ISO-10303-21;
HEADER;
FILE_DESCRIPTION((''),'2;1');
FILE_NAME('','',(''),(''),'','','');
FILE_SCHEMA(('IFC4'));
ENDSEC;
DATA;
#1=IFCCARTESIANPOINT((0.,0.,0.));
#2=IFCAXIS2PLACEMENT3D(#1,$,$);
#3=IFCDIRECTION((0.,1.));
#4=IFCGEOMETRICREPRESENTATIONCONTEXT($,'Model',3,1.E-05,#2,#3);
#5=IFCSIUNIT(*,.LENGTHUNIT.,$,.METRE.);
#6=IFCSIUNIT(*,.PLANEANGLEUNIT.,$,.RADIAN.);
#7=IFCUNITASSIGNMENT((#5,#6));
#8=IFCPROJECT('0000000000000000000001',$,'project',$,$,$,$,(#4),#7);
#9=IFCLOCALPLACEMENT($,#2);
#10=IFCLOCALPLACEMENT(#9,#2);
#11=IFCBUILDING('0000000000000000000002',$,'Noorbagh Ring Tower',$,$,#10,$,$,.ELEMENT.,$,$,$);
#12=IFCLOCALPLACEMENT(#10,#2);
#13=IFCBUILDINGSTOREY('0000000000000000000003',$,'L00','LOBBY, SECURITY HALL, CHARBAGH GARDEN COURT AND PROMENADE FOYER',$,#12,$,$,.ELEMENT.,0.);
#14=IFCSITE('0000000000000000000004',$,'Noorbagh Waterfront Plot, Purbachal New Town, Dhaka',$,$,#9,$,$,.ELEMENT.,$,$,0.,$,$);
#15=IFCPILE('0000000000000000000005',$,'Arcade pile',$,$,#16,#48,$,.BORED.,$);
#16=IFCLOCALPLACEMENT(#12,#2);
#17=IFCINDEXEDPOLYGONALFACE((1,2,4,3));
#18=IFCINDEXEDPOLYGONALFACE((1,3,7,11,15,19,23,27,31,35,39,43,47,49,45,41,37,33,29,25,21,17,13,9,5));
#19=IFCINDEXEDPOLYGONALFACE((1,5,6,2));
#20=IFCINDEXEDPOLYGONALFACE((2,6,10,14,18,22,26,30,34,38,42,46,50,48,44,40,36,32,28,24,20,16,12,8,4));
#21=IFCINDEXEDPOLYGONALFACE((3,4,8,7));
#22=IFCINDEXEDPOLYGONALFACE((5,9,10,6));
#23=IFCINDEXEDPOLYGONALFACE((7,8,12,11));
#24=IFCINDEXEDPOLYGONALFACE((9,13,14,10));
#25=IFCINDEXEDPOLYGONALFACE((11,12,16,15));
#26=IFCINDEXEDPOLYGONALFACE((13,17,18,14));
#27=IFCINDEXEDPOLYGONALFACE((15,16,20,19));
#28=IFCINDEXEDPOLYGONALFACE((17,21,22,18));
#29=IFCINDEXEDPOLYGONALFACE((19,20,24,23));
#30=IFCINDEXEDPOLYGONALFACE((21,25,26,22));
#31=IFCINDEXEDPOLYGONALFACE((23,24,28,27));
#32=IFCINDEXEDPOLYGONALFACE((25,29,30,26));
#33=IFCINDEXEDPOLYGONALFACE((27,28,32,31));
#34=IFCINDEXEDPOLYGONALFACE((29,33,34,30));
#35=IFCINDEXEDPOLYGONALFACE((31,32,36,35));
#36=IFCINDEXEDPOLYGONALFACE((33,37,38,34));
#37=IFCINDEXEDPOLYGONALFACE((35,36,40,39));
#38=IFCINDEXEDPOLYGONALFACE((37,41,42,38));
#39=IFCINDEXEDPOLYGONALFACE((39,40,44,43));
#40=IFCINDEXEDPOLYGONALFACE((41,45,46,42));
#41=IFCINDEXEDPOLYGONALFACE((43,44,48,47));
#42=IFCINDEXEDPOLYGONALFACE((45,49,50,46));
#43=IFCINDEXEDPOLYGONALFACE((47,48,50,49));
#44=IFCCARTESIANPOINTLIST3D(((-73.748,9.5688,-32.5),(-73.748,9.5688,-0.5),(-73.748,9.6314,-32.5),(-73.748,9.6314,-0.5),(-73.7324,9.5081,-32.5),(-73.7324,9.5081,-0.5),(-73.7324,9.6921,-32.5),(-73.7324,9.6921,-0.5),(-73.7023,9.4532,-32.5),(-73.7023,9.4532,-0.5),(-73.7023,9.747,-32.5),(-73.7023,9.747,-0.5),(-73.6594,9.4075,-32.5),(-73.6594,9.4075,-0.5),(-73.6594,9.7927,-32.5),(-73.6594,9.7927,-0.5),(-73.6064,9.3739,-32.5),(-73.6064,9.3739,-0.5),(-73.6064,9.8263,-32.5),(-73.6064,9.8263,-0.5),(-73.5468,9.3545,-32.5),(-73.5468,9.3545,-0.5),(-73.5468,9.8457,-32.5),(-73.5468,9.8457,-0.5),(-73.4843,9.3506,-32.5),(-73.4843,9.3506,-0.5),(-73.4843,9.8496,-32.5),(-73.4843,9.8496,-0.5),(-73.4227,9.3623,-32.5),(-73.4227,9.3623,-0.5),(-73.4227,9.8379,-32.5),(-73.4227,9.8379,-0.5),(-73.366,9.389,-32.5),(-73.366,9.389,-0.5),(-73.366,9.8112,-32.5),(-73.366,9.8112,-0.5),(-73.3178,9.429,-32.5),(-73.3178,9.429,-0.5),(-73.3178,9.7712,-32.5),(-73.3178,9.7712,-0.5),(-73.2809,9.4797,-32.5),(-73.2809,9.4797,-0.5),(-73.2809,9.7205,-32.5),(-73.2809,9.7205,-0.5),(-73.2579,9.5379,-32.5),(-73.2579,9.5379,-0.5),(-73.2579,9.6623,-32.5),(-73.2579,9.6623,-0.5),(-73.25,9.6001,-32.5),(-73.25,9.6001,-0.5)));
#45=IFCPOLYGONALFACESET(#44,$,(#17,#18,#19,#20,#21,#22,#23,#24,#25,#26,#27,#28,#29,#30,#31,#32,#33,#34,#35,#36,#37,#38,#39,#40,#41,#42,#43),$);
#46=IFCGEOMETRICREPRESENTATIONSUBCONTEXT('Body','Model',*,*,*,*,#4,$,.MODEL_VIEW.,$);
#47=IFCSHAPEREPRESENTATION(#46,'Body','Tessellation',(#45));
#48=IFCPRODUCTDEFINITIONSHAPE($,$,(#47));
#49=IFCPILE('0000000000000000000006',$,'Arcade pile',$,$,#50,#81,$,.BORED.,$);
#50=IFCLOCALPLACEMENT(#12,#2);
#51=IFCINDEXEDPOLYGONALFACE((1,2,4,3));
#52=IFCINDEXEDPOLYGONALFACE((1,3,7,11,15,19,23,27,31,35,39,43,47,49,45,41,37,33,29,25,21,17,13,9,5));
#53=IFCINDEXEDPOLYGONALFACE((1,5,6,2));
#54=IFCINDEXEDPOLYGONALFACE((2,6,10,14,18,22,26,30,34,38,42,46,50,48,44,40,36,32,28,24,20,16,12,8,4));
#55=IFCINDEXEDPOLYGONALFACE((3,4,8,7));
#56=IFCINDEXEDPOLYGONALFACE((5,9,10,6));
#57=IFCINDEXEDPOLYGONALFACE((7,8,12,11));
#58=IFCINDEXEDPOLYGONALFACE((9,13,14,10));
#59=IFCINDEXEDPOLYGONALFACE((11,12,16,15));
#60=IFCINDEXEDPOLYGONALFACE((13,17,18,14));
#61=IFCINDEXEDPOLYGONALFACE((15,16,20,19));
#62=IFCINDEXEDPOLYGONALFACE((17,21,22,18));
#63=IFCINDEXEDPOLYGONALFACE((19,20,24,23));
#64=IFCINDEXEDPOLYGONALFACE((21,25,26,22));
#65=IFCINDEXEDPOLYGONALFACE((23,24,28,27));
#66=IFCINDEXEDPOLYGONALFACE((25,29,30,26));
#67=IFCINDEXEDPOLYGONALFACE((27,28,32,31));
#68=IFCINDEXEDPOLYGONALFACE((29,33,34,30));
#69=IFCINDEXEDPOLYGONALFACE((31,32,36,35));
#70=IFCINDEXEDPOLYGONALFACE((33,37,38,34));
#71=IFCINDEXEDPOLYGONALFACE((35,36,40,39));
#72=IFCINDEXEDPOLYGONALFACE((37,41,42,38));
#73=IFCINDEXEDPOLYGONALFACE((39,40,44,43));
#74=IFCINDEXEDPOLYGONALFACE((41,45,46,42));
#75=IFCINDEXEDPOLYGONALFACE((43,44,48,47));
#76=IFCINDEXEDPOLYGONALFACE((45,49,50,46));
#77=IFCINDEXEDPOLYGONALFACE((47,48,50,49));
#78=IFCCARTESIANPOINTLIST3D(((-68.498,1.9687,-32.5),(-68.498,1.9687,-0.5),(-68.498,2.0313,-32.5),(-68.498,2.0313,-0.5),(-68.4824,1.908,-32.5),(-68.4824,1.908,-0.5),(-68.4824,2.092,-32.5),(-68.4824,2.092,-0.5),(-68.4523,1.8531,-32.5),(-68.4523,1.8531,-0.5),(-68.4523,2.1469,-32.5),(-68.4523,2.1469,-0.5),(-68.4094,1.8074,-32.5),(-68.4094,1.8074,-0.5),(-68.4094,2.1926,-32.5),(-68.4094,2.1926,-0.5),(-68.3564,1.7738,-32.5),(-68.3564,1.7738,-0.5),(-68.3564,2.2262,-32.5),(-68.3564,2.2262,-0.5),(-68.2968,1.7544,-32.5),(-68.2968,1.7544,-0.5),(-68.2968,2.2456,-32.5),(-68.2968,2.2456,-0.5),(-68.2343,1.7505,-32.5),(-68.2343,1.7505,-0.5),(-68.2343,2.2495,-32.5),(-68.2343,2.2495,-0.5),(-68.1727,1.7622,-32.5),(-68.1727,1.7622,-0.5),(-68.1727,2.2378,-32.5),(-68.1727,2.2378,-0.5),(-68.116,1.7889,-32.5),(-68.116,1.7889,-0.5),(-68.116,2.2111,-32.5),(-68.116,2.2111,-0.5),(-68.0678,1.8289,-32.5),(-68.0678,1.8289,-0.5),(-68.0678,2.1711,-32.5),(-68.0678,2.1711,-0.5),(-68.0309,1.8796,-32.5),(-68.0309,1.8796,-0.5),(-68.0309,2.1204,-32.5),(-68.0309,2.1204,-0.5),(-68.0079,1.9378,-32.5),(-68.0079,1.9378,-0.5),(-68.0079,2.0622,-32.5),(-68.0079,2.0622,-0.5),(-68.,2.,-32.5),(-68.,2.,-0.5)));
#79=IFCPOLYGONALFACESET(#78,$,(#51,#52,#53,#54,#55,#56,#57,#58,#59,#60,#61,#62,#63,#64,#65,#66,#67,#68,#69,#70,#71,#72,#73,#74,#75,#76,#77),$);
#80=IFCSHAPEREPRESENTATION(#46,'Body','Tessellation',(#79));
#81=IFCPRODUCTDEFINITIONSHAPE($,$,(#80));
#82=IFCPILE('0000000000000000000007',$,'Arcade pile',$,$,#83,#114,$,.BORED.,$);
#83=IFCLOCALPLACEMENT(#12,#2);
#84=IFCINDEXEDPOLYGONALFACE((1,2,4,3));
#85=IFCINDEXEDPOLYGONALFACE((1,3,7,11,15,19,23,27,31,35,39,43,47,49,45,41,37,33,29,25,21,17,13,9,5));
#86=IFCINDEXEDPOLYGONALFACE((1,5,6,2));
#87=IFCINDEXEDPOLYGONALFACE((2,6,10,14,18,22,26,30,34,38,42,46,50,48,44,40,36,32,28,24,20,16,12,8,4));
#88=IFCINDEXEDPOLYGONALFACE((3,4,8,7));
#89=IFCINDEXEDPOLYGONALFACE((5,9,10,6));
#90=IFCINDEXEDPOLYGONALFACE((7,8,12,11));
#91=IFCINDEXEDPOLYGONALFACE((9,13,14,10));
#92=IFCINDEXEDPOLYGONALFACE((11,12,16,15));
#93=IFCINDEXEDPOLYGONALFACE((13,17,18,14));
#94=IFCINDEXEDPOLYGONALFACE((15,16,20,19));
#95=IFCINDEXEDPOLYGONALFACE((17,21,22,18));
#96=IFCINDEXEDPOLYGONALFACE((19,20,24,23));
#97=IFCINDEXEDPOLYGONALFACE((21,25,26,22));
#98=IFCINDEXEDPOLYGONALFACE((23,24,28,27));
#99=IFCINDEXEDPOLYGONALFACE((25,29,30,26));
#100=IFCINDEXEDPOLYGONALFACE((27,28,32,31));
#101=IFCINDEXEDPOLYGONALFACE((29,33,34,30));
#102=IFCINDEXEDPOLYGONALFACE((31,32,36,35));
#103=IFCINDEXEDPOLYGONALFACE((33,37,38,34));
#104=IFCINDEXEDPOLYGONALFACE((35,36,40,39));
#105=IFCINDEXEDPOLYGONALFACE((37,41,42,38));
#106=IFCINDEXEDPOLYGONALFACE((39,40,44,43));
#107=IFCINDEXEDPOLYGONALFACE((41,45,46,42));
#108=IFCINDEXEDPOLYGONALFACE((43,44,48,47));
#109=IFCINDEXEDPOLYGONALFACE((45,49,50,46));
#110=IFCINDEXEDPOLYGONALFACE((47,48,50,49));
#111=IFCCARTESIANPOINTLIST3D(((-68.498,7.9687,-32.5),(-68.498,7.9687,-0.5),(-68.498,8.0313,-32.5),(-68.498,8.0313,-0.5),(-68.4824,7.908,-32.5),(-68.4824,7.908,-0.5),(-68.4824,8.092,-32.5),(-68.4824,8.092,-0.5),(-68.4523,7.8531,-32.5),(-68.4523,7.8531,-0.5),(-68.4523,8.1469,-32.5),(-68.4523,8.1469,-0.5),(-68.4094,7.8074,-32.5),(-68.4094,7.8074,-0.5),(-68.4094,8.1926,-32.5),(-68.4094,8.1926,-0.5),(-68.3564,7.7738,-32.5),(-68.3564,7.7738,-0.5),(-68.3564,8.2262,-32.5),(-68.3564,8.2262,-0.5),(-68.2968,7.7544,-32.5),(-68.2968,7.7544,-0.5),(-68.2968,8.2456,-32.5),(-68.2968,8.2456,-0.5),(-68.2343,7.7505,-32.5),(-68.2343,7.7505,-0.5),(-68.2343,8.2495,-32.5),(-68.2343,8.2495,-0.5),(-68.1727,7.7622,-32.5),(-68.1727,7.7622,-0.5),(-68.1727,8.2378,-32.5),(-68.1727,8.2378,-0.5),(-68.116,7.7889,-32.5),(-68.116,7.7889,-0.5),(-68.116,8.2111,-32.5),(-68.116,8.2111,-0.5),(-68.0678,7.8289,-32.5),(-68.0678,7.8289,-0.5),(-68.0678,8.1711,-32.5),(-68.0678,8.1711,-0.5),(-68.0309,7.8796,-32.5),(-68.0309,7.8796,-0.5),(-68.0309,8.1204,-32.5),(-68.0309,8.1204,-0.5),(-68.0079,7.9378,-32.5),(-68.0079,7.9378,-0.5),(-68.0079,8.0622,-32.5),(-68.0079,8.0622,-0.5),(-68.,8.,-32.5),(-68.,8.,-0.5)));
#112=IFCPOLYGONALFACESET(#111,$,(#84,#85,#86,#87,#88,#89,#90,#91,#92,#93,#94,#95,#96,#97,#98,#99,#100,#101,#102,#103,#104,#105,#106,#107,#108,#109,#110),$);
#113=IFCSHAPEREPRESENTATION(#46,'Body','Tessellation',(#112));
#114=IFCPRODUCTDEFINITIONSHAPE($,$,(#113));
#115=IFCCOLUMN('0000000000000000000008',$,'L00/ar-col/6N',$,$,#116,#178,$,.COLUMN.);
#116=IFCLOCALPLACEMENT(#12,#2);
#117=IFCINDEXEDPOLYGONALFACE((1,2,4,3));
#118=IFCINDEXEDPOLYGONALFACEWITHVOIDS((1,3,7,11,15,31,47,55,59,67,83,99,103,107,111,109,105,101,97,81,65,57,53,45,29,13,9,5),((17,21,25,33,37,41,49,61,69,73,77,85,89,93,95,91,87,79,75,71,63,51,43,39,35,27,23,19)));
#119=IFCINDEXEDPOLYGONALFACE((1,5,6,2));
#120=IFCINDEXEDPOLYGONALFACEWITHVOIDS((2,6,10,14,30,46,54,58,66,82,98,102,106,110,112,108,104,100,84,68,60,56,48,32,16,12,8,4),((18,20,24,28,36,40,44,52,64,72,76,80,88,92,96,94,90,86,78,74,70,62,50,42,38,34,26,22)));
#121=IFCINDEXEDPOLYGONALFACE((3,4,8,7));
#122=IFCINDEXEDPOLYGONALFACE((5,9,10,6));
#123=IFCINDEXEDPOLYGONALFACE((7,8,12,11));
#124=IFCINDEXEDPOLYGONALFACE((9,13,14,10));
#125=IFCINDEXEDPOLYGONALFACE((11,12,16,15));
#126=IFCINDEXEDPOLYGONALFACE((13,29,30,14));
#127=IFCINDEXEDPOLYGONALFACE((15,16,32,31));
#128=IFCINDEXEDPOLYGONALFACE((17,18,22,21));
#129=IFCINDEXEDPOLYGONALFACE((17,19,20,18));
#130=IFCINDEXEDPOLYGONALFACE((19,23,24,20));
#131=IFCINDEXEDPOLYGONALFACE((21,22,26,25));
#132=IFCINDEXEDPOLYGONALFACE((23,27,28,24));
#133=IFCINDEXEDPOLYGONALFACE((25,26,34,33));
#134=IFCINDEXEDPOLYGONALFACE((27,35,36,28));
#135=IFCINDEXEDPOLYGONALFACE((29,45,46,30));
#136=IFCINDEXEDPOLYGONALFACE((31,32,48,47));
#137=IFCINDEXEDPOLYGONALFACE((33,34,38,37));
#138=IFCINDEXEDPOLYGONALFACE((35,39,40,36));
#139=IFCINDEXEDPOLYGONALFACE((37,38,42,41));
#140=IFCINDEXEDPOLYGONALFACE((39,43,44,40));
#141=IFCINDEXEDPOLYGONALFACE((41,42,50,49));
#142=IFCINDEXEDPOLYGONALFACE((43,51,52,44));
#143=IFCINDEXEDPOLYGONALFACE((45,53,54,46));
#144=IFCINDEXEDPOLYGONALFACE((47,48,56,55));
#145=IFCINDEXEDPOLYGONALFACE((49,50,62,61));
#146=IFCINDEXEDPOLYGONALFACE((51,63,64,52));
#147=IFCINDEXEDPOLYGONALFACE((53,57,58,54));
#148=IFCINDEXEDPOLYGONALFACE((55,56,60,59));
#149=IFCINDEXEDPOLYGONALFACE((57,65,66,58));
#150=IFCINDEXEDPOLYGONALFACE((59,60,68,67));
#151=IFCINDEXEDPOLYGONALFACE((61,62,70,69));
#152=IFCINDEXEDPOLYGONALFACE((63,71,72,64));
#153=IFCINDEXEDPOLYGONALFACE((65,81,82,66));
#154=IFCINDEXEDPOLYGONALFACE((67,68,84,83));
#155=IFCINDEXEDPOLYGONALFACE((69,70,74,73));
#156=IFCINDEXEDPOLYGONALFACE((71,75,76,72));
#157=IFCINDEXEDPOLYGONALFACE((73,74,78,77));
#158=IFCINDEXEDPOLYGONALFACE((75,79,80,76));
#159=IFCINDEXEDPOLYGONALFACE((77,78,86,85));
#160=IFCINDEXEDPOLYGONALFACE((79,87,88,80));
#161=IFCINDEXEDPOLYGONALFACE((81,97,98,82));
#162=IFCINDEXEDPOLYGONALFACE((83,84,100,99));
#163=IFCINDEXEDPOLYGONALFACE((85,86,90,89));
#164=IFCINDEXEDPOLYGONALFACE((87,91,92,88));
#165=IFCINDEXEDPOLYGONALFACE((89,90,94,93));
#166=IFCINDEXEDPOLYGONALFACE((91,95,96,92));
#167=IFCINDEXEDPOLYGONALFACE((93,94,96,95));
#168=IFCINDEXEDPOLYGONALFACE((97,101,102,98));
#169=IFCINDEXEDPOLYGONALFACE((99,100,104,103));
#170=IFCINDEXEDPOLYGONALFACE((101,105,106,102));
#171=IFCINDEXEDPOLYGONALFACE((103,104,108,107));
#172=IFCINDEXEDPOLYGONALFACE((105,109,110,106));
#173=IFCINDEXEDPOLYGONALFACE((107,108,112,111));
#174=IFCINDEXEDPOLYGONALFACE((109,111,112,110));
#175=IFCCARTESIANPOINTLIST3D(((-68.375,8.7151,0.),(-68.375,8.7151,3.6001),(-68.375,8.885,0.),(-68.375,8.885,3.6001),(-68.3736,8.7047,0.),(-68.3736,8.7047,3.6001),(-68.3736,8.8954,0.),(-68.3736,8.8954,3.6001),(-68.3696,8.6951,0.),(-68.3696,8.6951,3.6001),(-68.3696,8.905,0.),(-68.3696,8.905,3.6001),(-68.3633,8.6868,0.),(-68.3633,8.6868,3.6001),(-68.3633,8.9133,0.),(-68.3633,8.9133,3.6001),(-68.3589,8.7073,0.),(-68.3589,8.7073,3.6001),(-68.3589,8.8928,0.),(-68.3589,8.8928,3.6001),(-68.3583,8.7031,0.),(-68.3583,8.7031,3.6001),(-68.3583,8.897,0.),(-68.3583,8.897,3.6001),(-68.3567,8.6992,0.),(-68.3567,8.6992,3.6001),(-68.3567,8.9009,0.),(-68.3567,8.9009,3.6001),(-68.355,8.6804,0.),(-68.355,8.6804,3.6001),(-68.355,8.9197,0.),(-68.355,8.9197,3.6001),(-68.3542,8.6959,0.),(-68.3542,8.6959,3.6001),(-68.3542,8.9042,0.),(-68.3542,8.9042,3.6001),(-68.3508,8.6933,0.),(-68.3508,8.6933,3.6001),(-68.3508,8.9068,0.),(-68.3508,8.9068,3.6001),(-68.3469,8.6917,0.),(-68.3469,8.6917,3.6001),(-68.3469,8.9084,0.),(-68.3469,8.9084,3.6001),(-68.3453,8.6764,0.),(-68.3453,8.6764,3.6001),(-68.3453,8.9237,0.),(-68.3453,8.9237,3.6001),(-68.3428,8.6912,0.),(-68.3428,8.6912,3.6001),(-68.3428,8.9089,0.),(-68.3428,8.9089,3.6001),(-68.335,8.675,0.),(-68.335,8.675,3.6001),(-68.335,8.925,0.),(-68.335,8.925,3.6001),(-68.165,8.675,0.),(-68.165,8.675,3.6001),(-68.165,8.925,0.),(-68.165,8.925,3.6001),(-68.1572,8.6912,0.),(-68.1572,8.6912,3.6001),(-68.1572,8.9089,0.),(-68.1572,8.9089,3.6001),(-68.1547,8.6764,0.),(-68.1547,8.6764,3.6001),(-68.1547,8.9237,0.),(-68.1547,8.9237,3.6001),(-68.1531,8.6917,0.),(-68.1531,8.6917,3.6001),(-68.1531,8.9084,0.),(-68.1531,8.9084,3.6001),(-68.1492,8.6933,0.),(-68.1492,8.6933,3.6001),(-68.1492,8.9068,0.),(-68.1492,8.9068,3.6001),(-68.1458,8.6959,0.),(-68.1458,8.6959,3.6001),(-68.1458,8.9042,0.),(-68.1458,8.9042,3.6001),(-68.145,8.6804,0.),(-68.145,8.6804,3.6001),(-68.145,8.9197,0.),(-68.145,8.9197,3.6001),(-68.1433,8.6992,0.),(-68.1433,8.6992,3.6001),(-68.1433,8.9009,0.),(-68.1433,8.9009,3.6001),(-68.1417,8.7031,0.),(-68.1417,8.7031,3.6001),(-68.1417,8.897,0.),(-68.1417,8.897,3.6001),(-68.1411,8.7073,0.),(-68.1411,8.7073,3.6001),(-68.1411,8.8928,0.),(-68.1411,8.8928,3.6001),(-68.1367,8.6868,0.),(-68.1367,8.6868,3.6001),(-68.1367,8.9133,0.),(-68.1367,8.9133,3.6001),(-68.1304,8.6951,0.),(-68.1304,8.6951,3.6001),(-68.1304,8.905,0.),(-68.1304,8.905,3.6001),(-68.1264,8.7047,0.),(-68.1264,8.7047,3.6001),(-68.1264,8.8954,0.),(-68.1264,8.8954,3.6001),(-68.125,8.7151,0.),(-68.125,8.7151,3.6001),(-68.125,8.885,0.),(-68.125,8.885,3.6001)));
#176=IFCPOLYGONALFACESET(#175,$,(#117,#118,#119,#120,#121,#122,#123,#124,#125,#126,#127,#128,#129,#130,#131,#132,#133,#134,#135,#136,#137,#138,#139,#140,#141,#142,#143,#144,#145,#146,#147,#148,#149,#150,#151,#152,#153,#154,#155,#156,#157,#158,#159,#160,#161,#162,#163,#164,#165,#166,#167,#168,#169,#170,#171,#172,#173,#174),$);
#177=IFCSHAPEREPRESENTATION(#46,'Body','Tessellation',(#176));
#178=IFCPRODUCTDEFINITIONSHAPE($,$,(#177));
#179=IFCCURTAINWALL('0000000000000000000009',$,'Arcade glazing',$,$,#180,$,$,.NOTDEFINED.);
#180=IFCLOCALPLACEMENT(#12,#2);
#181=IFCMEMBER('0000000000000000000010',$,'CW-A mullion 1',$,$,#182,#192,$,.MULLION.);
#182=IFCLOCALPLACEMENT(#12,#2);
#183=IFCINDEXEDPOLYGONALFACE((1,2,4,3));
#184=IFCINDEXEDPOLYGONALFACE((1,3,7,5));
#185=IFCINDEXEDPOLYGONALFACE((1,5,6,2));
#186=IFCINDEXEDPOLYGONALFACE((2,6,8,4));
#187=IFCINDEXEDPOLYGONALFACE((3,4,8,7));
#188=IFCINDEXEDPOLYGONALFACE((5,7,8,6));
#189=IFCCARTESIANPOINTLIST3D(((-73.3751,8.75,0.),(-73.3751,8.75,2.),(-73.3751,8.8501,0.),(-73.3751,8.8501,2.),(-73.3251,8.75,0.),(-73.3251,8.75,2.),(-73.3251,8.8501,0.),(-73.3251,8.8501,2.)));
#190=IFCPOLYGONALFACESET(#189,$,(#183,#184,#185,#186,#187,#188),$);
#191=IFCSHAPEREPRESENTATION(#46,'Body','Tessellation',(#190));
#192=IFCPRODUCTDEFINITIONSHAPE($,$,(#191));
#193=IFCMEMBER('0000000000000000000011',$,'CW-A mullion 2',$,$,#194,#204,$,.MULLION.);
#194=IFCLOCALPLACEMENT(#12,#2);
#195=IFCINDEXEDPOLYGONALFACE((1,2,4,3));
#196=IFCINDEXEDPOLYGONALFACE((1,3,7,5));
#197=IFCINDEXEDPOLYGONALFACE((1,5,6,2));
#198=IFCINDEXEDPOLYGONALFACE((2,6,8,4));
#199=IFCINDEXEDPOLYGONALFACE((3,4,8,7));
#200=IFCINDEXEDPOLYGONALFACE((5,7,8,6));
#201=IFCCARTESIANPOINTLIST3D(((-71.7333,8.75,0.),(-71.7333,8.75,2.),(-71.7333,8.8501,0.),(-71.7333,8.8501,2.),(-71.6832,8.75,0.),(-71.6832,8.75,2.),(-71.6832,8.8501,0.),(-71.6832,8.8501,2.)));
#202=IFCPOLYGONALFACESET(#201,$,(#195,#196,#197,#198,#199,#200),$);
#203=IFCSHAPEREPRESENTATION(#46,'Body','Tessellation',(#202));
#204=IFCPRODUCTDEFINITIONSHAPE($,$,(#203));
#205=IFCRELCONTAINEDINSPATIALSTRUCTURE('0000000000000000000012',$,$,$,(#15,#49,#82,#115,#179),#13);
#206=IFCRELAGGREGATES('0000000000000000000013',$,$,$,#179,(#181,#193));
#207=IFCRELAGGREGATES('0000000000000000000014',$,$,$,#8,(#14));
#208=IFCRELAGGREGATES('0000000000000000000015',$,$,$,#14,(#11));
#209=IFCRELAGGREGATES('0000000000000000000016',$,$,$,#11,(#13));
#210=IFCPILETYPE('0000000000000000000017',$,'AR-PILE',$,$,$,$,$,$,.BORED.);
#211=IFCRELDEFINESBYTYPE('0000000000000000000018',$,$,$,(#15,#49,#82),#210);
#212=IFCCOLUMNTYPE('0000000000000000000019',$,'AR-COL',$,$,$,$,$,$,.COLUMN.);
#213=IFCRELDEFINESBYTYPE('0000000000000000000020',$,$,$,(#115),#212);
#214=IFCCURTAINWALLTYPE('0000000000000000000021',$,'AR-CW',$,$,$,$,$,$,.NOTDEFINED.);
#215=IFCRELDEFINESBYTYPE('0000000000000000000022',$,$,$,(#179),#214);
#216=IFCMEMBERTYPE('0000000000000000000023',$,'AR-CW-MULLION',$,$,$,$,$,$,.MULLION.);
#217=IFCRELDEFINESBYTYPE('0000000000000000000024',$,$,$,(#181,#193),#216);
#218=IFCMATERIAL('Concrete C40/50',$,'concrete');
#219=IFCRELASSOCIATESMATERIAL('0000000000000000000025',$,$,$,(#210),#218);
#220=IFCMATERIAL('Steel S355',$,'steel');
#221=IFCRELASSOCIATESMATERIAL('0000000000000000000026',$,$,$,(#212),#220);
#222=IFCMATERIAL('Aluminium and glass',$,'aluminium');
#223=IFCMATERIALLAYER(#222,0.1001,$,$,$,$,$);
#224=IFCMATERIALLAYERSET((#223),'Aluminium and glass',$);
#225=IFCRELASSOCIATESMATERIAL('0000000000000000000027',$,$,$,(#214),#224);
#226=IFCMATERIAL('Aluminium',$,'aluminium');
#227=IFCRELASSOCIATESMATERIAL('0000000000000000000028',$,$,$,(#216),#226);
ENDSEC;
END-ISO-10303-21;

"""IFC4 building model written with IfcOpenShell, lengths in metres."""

from ifc_helpers import new_model, si_unit, direction, frame, origin, origin_2d, place, context, subcontext, project, spatial, rectangle, hollow_rectangle, circle, extrude, material, layer, layer_set, material_profile, profile_set, type_object, element, aggregate, save


model = new_model("IFC4")

# Units and contexts
model_context = context("Model", 3, precision=1e-05, world=origin(), true_north=direction((0.0, 1.0)))
body_context = subcontext(model_context, "Body", "Model", "MODEL_VIEW")
ifc_project = project(units=[si_unit("LENGTHUNIT", "METRE"), si_unit("PLANEANGLEUNIT", "RADIAN")], contexts=[model_context])

# Site, building, storey
site_placement = place(None, origin())
site = spatial("IfcSite", under=ifc_project, at=site_placement, Name="Noorbagh Waterfront Plot, Purbachal New Town, Dhaka", CompositionType="ELEMENT", RefElevation=0.0)
building_placement = place(site_placement, origin())
building = spatial("IfcBuilding", under=site, at=building_placement, Name="Noorbagh Ring Tower", CompositionType="ELEMENT")
storey_placement = place(building_placement, origin())
storey = spatial("IfcBuildingStorey", under=building, at=storey_placement, Name="L00", Description="LOBBY, SECURITY HALL, CHARBAGH GARDEN COURT AND PROMENADE FOYER", CompositionType="ELEMENT", Elevation=0.0)

# Piles
ifc_material_1 = material(Name="Concrete C40/50", Category="concrete")
ifc_material_profile_1 = material_profile(ifc_material_1, circle(Radius=0.25, at=origin_2d()), Name="PILE500")
ifc_profile_set_1 = profile_set([ifc_material_profile_1], Name="Concrete C40/50")
pile_type = type_object("IfcPileType", Name="AR-PILE", PredefinedType="BORED", material=ifc_profile_set_1)
for number, where, z_axis, x_axis, name in (
    (1, (-73.5, 9.6001, -0.5), (0.0, 0.0, -1.0), (1.0, 0.0, 0.0), "Arcade pile"),
    (2, (-68.25, 2.0, -0.5), (0.0, 0.0, -1.0), (1.0, 0.0, 0.0), "Arcade pile"),
    (3, (-68.25, 8.0, -0.5), (0.0, 0.0, -1.0), (1.0, 0.0, 0.0), "Arcade pile"),
):
    element("IfcPile", number, at=place(storey_placement, frame(where, z_axis=z_axis, x_axis=x_axis)), inside=storey, type_object=pile_type, Name=name, PredefinedType="BORED", context=body_context, shape_type="SweptSolid", body=[
        extrude(circle(Radius=0.25, at=origin_2d()), origin(), (0.0, 0.0, 1.0), 32.0),
    ])

# Column
ifc_material_2 = material(Name="Steel S355", Category="steel")
ifc_material_profile_2 = material_profile(ifc_material_2, hollow_rectangle(XDim=0.25, YDim=0.25, WallThickness=0.0161, InnerFilletRadius=0.0161, OuterFilletRadius=0.04, at=origin_2d()), Name="SHS250x250x16")
ifc_profile_set_2 = profile_set([ifc_material_profile_2], Name="Steel S355")
column_type = type_object("IfcColumnType", Name="AR-COL", PredefinedType="COLUMN", material=ifc_profile_set_2)
column_placement = place(storey_placement, frame((-68.25, 8.8, 0.0), z_axis=(0.0, 0.0, 1.0), x_axis=(1.0, 0.0, 0.0)))
element("IfcColumn", 4, at=column_placement, inside=storey, type_object=column_type, Name="L00/ar-col/6N", PredefinedType="COLUMN", context=body_context, shape_type="SweptSolid", body=[
    extrude(hollow_rectangle(XDim=0.25, YDim=0.25, WallThickness=0.0161, InnerFilletRadius=0.0161, OuterFilletRadius=0.04, at=origin_2d()), origin(), (0.0, 0.0, 1.0), 3.6001),
])

# Curtain wall, members
ifc_material_3 = material(Name="Aluminium and glass", Category="aluminium")
ifc_layer_1 = layer(ifc_material_3, 0.1001)
ifc_layer_set_1 = layer_set([ifc_layer_1], Name="Aluminium and glass")
curtain_wall_type = type_object("IfcCurtainWallType", Name="AR-CW", PredefinedType="NOTDEFINED", material=ifc_layer_set_1)
curtain_wall_placement = place(storey_placement, origin())
curtain_wall = element("IfcCurtainWall", 5, at=curtain_wall_placement, inside=storey, type_object=curtain_wall_type, Name="Arcade glazing", PredefinedType="NOTDEFINED")
ifc_material_4 = material(Name="Aluminium", Category="aluminium")
ifc_material_profile_3 = material_profile(ifc_material_4, rectangle(XDim=0.1001, YDim=0.05, at=origin_2d()), Name="AL 100x50")
ifc_profile_set_3 = profile_set([ifc_material_profile_3], Name="Aluminium")
member_type_1 = type_object("IfcMemberType", Name="AR-CW-MULLION", PredefinedType="MULLION", material=ifc_profile_set_3)
member_1_placement = place(storey_placement, frame((-73.3501, 8.8, 0.0), z_axis=(0.0, 0.0, 1.0), x_axis=(0.0, 1.0, 0.0)))
member_1 = element("IfcMember", 6, at=member_1_placement, type_object=member_type_1, Name="CW-A mullion 1", PredefinedType="MULLION", context=body_context, shape_type="SweptSolid", body=[
    extrude(rectangle(XDim=0.1001, YDim=0.05, at=origin_2d()), origin(), (0.0, 0.0, 1.0), 2.0),
])
member_2_placement = place(storey_placement, frame((-71.7083, 8.8, 0.0), z_axis=(0.0, 0.0, 1.0), x_axis=(0.0, 1.0, 0.0)))
member_2 = element("IfcMember", 7, at=member_2_placement, type_object=member_type_1, Name="CW-A mullion 2", PredefinedType="MULLION", context=body_context, shape_type="SweptSolid", body=[
    extrude(rectangle(XDim=0.1001, YDim=0.05, at=origin_2d()), origin(), (0.0, 0.0, 1.0), 2.0),
])

aggregate(curtain_wall, [member_1, member_2])

save(model, "model.ifc")
